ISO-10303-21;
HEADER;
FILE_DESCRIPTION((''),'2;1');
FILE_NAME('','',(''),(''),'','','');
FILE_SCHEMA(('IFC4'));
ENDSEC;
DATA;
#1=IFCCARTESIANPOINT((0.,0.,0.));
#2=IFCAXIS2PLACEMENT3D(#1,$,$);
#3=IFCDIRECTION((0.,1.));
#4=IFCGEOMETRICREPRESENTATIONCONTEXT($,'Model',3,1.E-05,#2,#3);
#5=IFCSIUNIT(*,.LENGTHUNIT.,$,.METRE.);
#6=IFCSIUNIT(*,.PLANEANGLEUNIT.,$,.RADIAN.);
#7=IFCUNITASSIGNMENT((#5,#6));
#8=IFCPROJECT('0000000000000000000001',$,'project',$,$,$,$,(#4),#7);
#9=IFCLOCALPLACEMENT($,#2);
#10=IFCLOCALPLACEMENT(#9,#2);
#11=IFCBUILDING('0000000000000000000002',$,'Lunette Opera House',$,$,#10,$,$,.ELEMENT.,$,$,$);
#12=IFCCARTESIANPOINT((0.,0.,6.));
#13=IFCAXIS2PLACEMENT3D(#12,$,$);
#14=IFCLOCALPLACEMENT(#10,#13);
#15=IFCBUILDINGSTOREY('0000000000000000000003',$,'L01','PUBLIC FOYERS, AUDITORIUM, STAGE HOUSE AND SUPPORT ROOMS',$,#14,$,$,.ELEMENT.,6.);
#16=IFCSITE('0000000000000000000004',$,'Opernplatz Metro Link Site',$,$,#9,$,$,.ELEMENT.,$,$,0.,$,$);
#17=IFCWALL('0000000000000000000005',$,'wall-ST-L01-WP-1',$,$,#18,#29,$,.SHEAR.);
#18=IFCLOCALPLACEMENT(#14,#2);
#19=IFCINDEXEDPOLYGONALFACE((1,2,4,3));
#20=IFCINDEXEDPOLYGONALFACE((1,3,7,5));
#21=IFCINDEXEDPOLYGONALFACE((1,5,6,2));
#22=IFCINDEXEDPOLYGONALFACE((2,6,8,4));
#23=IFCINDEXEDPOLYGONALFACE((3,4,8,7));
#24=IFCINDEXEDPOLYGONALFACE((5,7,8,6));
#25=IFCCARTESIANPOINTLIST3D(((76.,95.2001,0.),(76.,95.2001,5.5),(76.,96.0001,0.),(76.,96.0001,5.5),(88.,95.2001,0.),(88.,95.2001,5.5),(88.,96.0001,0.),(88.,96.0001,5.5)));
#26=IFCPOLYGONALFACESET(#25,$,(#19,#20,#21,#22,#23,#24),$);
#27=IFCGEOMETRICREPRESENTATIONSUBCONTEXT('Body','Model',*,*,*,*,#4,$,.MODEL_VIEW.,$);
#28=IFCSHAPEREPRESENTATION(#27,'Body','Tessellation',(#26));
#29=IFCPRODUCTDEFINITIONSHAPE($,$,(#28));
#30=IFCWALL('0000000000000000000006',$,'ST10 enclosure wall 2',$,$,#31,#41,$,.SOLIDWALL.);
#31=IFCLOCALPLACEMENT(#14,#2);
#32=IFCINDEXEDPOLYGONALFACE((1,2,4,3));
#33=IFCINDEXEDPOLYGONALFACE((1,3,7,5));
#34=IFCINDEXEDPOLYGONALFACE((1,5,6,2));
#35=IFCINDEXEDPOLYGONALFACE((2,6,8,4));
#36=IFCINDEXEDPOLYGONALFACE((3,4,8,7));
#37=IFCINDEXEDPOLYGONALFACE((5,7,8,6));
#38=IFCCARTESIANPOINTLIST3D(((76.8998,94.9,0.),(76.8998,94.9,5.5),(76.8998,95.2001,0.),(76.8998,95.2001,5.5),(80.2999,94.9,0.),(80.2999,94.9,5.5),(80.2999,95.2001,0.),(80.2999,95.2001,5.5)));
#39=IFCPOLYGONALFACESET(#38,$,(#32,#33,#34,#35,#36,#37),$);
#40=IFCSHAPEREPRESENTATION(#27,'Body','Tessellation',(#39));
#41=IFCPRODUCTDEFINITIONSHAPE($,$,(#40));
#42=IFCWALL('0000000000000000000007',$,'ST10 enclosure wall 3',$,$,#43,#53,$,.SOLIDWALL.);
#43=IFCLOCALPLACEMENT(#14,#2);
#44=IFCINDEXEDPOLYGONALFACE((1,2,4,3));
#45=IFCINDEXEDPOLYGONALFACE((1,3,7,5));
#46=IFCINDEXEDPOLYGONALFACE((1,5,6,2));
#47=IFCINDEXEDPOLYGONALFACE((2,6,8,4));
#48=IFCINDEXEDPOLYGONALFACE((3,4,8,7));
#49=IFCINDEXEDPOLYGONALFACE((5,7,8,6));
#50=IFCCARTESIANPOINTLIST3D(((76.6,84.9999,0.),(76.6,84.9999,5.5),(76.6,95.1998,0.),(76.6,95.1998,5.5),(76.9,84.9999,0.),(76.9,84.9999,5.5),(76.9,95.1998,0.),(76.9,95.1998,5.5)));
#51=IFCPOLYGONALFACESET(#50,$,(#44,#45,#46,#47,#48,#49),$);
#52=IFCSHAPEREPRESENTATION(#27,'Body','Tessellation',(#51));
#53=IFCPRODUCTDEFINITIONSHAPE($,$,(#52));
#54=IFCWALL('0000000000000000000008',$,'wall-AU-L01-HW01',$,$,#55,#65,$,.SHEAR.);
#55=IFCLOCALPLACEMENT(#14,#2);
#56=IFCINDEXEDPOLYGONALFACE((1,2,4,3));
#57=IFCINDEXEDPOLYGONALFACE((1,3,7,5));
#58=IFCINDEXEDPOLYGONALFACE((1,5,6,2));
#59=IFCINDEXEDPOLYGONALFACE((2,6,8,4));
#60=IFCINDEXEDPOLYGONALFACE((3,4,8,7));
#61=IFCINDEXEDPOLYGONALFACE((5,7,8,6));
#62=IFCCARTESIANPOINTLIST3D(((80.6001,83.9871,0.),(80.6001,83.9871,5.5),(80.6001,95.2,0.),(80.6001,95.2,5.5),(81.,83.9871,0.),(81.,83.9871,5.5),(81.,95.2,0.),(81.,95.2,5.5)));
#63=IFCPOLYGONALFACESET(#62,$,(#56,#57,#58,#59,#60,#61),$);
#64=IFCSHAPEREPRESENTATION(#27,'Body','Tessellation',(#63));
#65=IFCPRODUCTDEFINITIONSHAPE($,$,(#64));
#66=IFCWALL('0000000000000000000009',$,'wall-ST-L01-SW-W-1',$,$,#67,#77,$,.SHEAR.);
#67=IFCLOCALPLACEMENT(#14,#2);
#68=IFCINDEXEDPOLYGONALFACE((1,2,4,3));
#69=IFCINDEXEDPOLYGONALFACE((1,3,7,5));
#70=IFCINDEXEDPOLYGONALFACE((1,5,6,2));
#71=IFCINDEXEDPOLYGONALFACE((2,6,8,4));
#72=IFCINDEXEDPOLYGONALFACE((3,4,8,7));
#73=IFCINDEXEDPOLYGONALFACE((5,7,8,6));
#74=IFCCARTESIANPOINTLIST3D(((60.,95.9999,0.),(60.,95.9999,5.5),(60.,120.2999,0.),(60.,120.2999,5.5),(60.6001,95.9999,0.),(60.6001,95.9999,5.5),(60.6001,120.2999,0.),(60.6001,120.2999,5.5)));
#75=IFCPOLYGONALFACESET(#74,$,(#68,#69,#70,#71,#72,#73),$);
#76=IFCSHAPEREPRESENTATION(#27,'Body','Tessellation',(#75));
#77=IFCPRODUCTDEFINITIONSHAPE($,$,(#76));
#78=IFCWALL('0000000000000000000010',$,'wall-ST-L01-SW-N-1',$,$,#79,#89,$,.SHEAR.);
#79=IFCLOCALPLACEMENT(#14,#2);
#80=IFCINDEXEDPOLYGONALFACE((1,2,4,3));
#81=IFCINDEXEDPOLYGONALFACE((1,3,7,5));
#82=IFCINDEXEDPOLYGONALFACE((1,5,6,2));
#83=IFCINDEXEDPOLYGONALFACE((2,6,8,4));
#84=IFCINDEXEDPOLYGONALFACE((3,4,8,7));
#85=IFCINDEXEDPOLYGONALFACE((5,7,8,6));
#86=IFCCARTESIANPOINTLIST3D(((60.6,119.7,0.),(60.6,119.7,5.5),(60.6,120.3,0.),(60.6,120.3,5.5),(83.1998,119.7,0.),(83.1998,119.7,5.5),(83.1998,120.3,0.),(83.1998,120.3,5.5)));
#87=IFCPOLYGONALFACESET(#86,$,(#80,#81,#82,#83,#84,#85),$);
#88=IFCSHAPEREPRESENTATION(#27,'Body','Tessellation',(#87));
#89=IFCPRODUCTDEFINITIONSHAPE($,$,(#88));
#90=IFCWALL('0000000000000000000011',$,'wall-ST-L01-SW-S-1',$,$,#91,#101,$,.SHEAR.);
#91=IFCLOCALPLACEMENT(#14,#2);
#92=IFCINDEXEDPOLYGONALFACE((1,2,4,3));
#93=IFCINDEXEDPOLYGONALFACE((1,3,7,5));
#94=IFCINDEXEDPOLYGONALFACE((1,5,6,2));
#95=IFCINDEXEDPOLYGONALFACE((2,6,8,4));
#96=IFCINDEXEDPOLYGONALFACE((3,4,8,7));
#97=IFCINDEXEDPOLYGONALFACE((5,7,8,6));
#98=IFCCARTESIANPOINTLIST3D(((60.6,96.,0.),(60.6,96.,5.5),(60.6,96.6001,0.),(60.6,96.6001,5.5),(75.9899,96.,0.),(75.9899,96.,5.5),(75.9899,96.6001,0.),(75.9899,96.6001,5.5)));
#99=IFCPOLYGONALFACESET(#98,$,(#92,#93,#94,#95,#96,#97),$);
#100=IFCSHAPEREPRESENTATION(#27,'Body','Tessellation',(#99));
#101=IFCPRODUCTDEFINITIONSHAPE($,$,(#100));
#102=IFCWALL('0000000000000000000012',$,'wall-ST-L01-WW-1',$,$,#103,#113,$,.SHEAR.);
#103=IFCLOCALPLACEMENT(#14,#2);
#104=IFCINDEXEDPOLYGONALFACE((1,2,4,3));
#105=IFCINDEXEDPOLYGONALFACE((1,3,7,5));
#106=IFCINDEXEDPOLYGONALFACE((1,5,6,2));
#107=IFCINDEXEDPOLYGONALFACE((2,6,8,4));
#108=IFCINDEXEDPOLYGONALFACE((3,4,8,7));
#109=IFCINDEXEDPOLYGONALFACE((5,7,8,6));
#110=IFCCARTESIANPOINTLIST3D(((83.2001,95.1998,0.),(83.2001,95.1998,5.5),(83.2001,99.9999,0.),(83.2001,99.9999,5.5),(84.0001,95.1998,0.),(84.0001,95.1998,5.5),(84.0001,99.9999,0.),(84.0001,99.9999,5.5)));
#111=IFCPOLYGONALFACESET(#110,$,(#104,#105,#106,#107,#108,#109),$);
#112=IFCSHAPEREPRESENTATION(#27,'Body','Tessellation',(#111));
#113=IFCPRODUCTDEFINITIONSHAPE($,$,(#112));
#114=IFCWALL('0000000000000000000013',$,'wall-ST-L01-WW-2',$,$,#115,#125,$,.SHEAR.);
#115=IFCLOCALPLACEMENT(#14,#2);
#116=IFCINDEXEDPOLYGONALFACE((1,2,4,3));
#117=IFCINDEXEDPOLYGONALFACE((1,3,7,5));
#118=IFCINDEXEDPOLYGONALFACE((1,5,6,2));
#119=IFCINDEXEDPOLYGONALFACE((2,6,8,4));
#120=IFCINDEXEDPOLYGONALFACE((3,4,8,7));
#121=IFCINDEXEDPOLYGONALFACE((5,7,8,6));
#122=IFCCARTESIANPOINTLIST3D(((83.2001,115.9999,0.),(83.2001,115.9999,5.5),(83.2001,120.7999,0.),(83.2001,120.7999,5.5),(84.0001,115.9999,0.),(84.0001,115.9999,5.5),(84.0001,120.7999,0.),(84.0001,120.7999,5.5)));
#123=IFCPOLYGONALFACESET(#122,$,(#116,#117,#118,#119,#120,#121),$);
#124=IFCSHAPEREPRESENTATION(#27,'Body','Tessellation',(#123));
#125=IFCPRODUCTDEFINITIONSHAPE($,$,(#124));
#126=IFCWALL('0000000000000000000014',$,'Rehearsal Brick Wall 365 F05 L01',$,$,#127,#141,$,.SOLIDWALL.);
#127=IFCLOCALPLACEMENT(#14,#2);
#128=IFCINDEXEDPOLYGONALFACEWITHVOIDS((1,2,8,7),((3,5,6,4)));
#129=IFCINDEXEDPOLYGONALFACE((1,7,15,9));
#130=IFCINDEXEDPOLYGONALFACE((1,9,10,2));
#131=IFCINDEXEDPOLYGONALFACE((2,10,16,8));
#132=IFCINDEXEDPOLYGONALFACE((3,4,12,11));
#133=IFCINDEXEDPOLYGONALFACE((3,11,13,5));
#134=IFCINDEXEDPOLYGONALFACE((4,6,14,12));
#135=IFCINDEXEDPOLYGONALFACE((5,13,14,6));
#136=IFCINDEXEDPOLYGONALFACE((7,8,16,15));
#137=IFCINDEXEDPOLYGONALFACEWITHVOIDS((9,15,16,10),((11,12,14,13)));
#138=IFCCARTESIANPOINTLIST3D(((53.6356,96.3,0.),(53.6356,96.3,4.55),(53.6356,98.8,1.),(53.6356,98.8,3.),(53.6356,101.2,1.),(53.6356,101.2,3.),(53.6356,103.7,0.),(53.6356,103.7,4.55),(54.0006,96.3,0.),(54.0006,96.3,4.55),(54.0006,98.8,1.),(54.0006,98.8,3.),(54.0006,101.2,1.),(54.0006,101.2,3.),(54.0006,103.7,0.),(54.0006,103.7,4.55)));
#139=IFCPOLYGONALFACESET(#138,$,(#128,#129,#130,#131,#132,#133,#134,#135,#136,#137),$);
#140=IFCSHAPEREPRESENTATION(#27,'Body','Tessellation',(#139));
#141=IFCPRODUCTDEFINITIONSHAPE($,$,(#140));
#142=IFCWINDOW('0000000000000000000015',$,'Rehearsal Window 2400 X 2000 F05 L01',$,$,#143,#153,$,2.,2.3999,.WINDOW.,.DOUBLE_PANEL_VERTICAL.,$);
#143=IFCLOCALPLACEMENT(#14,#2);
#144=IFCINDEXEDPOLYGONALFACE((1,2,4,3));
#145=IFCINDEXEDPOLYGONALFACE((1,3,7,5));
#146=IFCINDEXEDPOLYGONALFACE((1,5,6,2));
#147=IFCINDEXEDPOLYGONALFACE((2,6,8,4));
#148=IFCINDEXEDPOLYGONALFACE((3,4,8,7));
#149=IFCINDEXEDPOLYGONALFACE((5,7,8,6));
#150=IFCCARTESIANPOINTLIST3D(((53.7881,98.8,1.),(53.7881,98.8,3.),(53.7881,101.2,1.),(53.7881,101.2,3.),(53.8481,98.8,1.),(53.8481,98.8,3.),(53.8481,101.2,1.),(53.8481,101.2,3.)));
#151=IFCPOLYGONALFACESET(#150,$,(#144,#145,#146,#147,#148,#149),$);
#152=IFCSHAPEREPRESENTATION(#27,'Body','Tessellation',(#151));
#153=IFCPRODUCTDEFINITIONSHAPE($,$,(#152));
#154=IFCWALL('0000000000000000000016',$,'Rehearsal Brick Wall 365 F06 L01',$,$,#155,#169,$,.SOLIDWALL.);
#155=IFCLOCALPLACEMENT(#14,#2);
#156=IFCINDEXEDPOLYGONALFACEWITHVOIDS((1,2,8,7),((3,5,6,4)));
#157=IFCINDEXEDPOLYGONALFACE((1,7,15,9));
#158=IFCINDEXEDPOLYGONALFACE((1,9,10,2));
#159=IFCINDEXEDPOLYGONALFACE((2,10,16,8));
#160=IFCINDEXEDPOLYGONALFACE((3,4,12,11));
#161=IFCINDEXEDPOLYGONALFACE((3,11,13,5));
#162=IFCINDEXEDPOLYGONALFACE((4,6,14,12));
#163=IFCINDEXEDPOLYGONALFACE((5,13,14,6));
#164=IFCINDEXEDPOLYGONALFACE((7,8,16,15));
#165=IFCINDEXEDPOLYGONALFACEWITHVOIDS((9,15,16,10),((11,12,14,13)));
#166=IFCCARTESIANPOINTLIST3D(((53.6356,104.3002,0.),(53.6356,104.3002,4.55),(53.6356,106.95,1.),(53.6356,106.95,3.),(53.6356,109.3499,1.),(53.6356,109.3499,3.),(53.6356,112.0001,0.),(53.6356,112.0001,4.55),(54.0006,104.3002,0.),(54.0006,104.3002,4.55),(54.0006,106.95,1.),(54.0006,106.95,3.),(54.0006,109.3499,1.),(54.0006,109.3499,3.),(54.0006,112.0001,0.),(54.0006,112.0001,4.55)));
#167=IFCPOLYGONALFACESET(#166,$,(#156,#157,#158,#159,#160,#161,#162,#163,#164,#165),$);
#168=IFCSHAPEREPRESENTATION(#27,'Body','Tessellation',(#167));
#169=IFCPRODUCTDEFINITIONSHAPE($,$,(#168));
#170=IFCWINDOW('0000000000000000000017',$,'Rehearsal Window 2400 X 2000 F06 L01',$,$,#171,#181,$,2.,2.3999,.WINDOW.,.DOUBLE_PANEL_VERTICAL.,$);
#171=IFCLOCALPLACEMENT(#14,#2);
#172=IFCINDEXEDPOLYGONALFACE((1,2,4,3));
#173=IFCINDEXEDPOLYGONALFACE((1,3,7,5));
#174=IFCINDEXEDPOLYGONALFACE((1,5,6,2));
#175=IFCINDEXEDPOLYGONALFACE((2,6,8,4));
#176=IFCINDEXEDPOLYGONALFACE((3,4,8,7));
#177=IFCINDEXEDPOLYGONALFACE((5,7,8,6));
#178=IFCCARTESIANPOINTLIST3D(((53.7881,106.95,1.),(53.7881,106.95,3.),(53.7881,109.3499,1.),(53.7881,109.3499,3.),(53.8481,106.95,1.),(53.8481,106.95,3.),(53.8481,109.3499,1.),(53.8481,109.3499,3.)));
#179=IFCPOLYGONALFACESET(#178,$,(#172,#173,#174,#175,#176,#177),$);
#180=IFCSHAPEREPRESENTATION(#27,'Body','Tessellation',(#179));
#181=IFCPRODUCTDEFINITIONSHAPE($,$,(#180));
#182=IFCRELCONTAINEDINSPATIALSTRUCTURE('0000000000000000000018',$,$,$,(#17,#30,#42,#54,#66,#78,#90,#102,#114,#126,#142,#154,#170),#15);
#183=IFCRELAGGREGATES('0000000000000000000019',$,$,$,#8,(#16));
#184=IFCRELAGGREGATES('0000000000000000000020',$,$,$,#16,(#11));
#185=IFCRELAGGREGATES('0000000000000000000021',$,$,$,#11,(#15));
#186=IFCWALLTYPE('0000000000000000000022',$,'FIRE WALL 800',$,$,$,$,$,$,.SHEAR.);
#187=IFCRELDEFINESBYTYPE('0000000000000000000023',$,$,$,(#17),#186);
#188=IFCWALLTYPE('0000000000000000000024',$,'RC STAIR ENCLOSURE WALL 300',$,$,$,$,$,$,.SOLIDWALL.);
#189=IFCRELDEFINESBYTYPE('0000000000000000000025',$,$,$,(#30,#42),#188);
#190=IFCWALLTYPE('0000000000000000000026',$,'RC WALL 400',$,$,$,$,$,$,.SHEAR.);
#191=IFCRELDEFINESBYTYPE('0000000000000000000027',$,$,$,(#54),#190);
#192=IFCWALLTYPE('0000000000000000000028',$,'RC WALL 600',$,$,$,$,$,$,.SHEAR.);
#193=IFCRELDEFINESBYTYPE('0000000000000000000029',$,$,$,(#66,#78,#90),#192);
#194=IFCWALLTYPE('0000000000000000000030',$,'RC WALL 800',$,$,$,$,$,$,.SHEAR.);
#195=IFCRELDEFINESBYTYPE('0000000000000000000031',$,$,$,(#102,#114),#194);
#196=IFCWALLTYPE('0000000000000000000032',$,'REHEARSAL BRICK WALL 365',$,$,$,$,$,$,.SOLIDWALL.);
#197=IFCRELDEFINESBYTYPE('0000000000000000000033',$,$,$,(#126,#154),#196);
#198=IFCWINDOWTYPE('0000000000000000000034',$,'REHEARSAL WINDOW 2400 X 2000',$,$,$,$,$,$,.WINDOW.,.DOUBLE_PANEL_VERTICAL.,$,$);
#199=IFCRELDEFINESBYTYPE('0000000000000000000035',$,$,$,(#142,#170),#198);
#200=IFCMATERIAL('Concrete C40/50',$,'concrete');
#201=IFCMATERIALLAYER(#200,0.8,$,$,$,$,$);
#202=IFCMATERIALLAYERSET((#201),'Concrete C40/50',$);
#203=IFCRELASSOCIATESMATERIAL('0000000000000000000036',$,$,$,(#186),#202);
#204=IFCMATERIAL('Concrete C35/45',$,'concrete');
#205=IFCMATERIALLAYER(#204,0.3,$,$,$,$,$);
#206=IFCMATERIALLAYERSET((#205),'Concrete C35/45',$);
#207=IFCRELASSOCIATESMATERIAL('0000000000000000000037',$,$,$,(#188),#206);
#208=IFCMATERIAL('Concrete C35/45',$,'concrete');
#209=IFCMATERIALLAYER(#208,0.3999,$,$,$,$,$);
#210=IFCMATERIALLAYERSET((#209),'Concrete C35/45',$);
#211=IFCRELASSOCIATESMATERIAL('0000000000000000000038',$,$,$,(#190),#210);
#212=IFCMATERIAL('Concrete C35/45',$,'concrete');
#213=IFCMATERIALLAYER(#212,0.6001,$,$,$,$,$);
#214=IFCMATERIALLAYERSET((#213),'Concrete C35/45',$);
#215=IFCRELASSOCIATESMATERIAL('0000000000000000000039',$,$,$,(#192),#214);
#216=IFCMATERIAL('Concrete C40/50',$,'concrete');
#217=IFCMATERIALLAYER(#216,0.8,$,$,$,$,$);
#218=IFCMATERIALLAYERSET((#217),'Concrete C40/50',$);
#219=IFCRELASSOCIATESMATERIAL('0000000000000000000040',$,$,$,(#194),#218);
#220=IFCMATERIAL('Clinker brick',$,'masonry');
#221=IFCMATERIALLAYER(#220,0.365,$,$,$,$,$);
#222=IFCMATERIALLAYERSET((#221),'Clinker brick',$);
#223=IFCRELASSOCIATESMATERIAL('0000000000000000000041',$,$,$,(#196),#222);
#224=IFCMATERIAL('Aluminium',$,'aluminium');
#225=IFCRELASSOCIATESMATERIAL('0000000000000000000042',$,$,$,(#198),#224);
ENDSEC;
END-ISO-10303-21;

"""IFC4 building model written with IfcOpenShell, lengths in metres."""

from ifc_helpers import new_model, si_unit, direction, frame, frame_2d, origin, place, context, subcontext, project, spatial, rectangle, extrude, material, layer, layer_set, type_object, element, fill, save


model = new_model("IFC4")

# Units and contexts
model_context = context("Model", 3, precision=1e-05, world=origin(), true_north=direction((0.0, 1.0)))
body_context = subcontext(model_context, "Body", "Model", "MODEL_VIEW")
ifc_project = project(units=[si_unit("LENGTHUNIT", "METRE"), si_unit("PLANEANGLEUNIT", "RADIAN")], contexts=[model_context])

# Site, building, storey
site_placement = place(None, origin())
site = spatial("IfcSite", under=ifc_project, at=site_placement, Name="Opernplatz Metro Link Site", CompositionType="ELEMENT", RefElevation=0.0)
building_placement = place(site_placement, origin())
building = spatial("IfcBuilding", under=site, at=building_placement, Name="Lunette Opera House", CompositionType="ELEMENT")
storey_placement = place(building_placement, frame((0.0, 0.0, 6.0)))
storey = spatial("IfcBuildingStorey", under=building, at=storey_placement, Name="L01", Description="PUBLIC FOYERS, AUDITORIUM, STAGE HOUSE AND SUPPORT ROOMS", CompositionType="ELEMENT", Elevation=6.0)

# Walls
ifc_material_1 = material(Name="Concrete C40/50", Category="concrete")
ifc_layer_1 = layer(ifc_material_1, 0.8)
ifc_layer_set_1 = layer_set([ifc_layer_1], Name="Concrete C40/50")
wall_type_1 = type_object("IfcWallType", Name="FIRE WALL 800", PredefinedType="SHEAR", material=ifc_layer_set_1)
wall_1_placement = place(storey_placement, frame((76.0, 95.6001, 0.0), z_axis=(0.0, 0.0, 1.0), x_axis=(1.0, 0.0, 0.0)))
element("IfcWall", 1, at=wall_1_placement, inside=storey, type_object=wall_type_1, Name="wall-ST-L01-WP-1", PredefinedType="SHEAR", context=body_context, shape_type="SweptSolid", body=[
    extrude(rectangle(XDim=12.0, YDim=0.8, at=frame_2d((6.0, 0.0))), origin(), (0.0, 0.0, 1.0), 5.5),
])
ifc_material_2 = material(Name="Concrete C35/45", Category="concrete")
ifc_layer_2 = layer(ifc_material_2, 0.3)
ifc_layer_set_2 = layer_set([ifc_layer_2], Name="Concrete C35/45")
wall_type_2 = type_object("IfcWallType", Name="RC STAIR ENCLOSURE WALL 300", PredefinedType="SOLIDWALL", material=ifc_layer_set_2)
wall_2_placement = place(storey_placement, frame((80.3, 95.05, 0.0), z_axis=(0.0, 0.0, 1.0), x_axis=(-1.0, 0.0, 0.0)))
element("IfcWall", 2, at=wall_2_placement, inside=storey, type_object=wall_type_2, Name="ST10 enclosure wall 2", PredefinedType="SOLIDWALL", context=body_context, shape_type="SweptSolid", body=[
    extrude(rectangle(XDim=3.4001, YDim=0.3, at=frame_2d((1.7002, 0.0))), origin(), (0.0, 0.0, 1.0), 5.5),
])
wall_3_placement = place(storey_placement, frame((76.75, 95.2, 0.0), z_axis=(0.0, 0.0, 1.0), x_axis=(0.0, -1.0, 0.0)))
element("IfcWall", 3, at=wall_3_placement, inside=storey, type_object=wall_type_2, Name="ST10 enclosure wall 3", PredefinedType="SOLIDWALL", context=body_context, shape_type="SweptSolid", body=[
    extrude(rectangle(XDim=10.2, YDim=0.3, at=frame_2d((5.1001, 0.0))), origin(), (0.0, 0.0, 1.0), 5.5),
])
ifc_material_3 = material(Name="Concrete C35/45", Category="concrete")
ifc_layer_3 = layer(ifc_material_3, 0.3999)
ifc_layer_set_3 = layer_set([ifc_layer_3], Name="Concrete C35/45")
wall_type_3 = type_object("IfcWallType", Name="RC WALL 400", PredefinedType="SHEAR", material=ifc_layer_set_3)
wall_4_placement = place(storey_placement, frame((80.8, 95.2, 0.0), z_axis=(0.0, 0.0, 1.0), x_axis=(0.0, -1.0, 0.0)))
element("IfcWall", 4, at=wall_4_placement, inside=storey, type_object=wall_type_3, Name="wall-AU-L01-HW01", PredefinedType="SHEAR", context=body_context, shape_type="SweptSolid", body=[
    extrude(rectangle(XDim=11.2129, YDim=0.3999, at=frame_2d((5.6064, 0.0))), origin(), (0.0, 0.0, 1.0), 5.5),
])
ifc_material_4 = material(Name="Concrete C35/45", Category="concrete")
ifc_layer_4 = layer(ifc_material_4, 0.6001)
ifc_layer_set_4 = layer_set([ifc_layer_4], Name="Concrete C35/45")
wall_type_4 = type_object("IfcWallType", Name="RC WALL 600", PredefinedType="SHEAR", material=ifc_layer_set_4)
wall_5_placement = place(storey_placement, frame((60.3, 96.0, 0.0), z_axis=(0.0, 0.0, 1.0), x_axis=(0.0, 1.0, 0.0)))
element("IfcWall", 5, at=wall_5_placement, inside=storey, type_object=wall_type_4, Name="wall-ST-L01-SW-W-1", PredefinedType="SHEAR", context=body_context, shape_type="SweptSolid", body=[
    extrude(rectangle(XDim=24.3, YDim=0.6001, at=frame_2d((12.1499, 0.0))), origin(), (0.0, 0.0, 1.0), 5.5),
])
wall_6_placement = place(storey_placement, frame((60.6001, 120.0, 0.0), z_axis=(0.0, 0.0, 1.0), x_axis=(1.0, 0.0, 0.0)))
element("IfcWall", 6, at=wall_6_placement, inside=storey, type_object=wall_type_4, Name="wall-ST-L01-SW-N-1", PredefinedType="SHEAR", context=body_context, shape_type="SweptSolid", body=[
    extrude(rectangle(XDim=22.5999, YDim=0.6001, at=frame_2d((11.2998, 0.0))), origin(), (0.0, 0.0, 1.0), 5.5),
])
wall_7_placement = place(storey_placement, frame((60.6001, 96.3, 0.0), z_axis=(0.0, 0.0, 1.0), x_axis=(1.0, 0.0, 0.0)))
element("IfcWall", 7, at=wall_7_placement, inside=storey, type_object=wall_type_4, Name="wall-ST-L01-SW-S-1", PredefinedType="SHEAR", context=body_context, shape_type="SweptSolid", body=[
    extrude(rectangle(XDim=15.3899, YDim=0.6001, at=frame_2d((7.6948, 0.0))), origin(), (0.0, 0.0, 1.0), 5.5),
])
ifc_material_5 = material(Name="Concrete C40/50", Category="concrete")
ifc_layer_5 = layer(ifc_material_5, 0.8)
ifc_layer_set_5 = layer_set([ifc_layer_5], Name="Concrete C40/50")
wall_type_5 = type_object("IfcWallType", Name="RC WALL 800", PredefinedType="SHEAR", material=ifc_layer_set_5)
for number, where, z_axis, x_axis, name in (
    (8, (83.6001, 95.2, 0.0), (0.0, 0.0, 1.0), (0.0, 1.0, 0.0), "wall-ST-L01-WW-1"),
    (9, (83.6001, 116.0, 0.0), (0.0, 0.0, 1.0), (0.0, 1.0, 0.0), "wall-ST-L01-WW-2"),
):
    element("IfcWall", number, at=place(storey_placement, frame(where, z_axis=z_axis, x_axis=x_axis)), inside=storey, type_object=wall_type_5, Name=name, PredefinedType="SHEAR", context=body_context, shape_type="SweptSolid", body=[
        extrude(rectangle(XDim=4.8, YDim=0.8, at=frame_2d((2.3999, 0.0))), origin(), (0.0, 0.0, 1.0), 5.5),
    ])

# Walls, openings, windows
ifc_material_6 = material(Name="Clinker brick", Category="masonry")
ifc_layer_6 = layer(ifc_material_6, 0.365)
ifc_layer_set_6 = layer_set([ifc_layer_6], Name="Clinker brick")
wall_type_6 = type_object("IfcWallType", Name="REHEARSAL BRICK WALL 365", PredefinedType="SOLIDWALL", material=ifc_layer_set_6)
wall_8_placement = place(storey_placement, frame((53.8181, 96.3, 0.0), z_axis=(0.0, 0.0, 1.0), x_axis=(0.0, 1.0, 0.0)))
wall_8 = element("IfcWall", 10, at=wall_8_placement, inside=storey, type_object=wall_type_6, Name="Rehearsal Brick Wall 365 F05 L01", PredefinedType="SOLIDWALL", context=body_context, shape_type="SweptSolid", body=[
    extrude(rectangle(XDim=7.3999, YDim=0.365, at=frame_2d((3.7, 0.0))), origin(), (0.0, 0.0, 1.0), 4.55),
])
opening_1_placement = place(wall_8_placement, frame((2.5, 0.0, 1.0)))
opening_1 = element("IfcOpeningElement", 11, at=opening_1_placement, cuts=wall_8, PredefinedType="OPENING", context=body_context, shape_type="SweptSolid", body=[
    extrude(rectangle(XDim=2.3999, YDim=2.0, at=frame_2d((1.2, 1.0))), frame((0.0, 0.1946, 0.0), z_axis=(0.0, -1.0, 0.0), x_axis=(1.0, 0.0, 0.0)), (0.0, 0.0, 1.0), 0.3889),
])
ifc_material_7 = material(Name="Aluminium", Category="aluminium")
window_type = type_object("IfcWindowType", Name="REHEARSAL WINDOW 2400 X 2000", PartitioningType="DOUBLE_PANEL_VERTICAL", PredefinedType="WINDOW", material=ifc_material_7)
window_1_placement = place(opening_1_placement, origin())
window_1 = element("IfcWindow", 12, at=window_1_placement, inside=storey, type_object=window_type, Name="Rehearsal Window 2400 X 2000 F05 L01", OverallHeight=2.0, OverallWidth=2.3999, PartitioningType="DOUBLE_PANEL_VERTICAL", PredefinedType="WINDOW", context=body_context, shape_type="SweptSolid", body=[
    extrude(rectangle(XDim=2.3999, YDim=2.0, at=frame_2d((1.2, 1.0))), frame((0.0, 0.03, 0.0), z_axis=(0.0, -1.0, 0.0), x_axis=(1.0, 0.0, 0.0)), (0.0, 0.0, 1.0), 0.0601),
])
fill(opening_1, window_1)
wall_9_placement = place(storey_placement, frame((53.8181, 104.3, 0.0), z_axis=(0.0, 0.0, 1.0), x_axis=(0.0, 1.0, 0.0)))
wall_9 = element("IfcWall", 13, at=wall_9_placement, inside=storey, type_object=wall_type_6, Name="Rehearsal Brick Wall 365 F06 L01", PredefinedType="SOLIDWALL", context=body_context, shape_type="SweptSolid", body=[
    extrude(rectangle(XDim=7.7, YDim=0.365, at=frame_2d((3.8501, 0.0))), origin(), (0.0, 0.0, 1.0), 4.55),
])
opening_2_placement = place(wall_9_placement, frame((2.6499, 0.0, 1.0)))
opening_2 = element("IfcOpeningElement", 14, at=opening_2_placement, cuts=wall_9, PredefinedType="OPENING", context=body_context, shape_type="SweptSolid", body=[
    extrude(rectangle(XDim=2.3999, YDim=2.0, at=frame_2d((1.2, 1.0))), frame((0.0, 0.1946, 0.0), z_axis=(0.0, -1.0, 0.0), x_axis=(1.0, 0.0, 0.0)), (0.0, 0.0, 1.0), 0.3889),
])
window_2_placement = place(opening_2_placement, origin())
window_2 = element("IfcWindow", 15, at=window_2_placement, inside=storey, type_object=window_type, Name="Rehearsal Window 2400 X 2000 F06 L01", OverallHeight=2.0, OverallWidth=2.3999, PartitioningType="DOUBLE_PANEL_VERTICAL", PredefinedType="WINDOW", context=body_context, shape_type="SweptSolid", body=[
    extrude(rectangle(XDim=2.3999, YDim=2.0, at=frame_2d((1.2, 1.0))), frame((0.0, 0.03, 0.0), z_axis=(0.0, -1.0, 0.0), x_axis=(1.0, 0.0, 0.0)), (0.0, 0.0, 1.0), 0.0601),
])
fill(opening_2, window_2)

save(model, "model.ifc")
